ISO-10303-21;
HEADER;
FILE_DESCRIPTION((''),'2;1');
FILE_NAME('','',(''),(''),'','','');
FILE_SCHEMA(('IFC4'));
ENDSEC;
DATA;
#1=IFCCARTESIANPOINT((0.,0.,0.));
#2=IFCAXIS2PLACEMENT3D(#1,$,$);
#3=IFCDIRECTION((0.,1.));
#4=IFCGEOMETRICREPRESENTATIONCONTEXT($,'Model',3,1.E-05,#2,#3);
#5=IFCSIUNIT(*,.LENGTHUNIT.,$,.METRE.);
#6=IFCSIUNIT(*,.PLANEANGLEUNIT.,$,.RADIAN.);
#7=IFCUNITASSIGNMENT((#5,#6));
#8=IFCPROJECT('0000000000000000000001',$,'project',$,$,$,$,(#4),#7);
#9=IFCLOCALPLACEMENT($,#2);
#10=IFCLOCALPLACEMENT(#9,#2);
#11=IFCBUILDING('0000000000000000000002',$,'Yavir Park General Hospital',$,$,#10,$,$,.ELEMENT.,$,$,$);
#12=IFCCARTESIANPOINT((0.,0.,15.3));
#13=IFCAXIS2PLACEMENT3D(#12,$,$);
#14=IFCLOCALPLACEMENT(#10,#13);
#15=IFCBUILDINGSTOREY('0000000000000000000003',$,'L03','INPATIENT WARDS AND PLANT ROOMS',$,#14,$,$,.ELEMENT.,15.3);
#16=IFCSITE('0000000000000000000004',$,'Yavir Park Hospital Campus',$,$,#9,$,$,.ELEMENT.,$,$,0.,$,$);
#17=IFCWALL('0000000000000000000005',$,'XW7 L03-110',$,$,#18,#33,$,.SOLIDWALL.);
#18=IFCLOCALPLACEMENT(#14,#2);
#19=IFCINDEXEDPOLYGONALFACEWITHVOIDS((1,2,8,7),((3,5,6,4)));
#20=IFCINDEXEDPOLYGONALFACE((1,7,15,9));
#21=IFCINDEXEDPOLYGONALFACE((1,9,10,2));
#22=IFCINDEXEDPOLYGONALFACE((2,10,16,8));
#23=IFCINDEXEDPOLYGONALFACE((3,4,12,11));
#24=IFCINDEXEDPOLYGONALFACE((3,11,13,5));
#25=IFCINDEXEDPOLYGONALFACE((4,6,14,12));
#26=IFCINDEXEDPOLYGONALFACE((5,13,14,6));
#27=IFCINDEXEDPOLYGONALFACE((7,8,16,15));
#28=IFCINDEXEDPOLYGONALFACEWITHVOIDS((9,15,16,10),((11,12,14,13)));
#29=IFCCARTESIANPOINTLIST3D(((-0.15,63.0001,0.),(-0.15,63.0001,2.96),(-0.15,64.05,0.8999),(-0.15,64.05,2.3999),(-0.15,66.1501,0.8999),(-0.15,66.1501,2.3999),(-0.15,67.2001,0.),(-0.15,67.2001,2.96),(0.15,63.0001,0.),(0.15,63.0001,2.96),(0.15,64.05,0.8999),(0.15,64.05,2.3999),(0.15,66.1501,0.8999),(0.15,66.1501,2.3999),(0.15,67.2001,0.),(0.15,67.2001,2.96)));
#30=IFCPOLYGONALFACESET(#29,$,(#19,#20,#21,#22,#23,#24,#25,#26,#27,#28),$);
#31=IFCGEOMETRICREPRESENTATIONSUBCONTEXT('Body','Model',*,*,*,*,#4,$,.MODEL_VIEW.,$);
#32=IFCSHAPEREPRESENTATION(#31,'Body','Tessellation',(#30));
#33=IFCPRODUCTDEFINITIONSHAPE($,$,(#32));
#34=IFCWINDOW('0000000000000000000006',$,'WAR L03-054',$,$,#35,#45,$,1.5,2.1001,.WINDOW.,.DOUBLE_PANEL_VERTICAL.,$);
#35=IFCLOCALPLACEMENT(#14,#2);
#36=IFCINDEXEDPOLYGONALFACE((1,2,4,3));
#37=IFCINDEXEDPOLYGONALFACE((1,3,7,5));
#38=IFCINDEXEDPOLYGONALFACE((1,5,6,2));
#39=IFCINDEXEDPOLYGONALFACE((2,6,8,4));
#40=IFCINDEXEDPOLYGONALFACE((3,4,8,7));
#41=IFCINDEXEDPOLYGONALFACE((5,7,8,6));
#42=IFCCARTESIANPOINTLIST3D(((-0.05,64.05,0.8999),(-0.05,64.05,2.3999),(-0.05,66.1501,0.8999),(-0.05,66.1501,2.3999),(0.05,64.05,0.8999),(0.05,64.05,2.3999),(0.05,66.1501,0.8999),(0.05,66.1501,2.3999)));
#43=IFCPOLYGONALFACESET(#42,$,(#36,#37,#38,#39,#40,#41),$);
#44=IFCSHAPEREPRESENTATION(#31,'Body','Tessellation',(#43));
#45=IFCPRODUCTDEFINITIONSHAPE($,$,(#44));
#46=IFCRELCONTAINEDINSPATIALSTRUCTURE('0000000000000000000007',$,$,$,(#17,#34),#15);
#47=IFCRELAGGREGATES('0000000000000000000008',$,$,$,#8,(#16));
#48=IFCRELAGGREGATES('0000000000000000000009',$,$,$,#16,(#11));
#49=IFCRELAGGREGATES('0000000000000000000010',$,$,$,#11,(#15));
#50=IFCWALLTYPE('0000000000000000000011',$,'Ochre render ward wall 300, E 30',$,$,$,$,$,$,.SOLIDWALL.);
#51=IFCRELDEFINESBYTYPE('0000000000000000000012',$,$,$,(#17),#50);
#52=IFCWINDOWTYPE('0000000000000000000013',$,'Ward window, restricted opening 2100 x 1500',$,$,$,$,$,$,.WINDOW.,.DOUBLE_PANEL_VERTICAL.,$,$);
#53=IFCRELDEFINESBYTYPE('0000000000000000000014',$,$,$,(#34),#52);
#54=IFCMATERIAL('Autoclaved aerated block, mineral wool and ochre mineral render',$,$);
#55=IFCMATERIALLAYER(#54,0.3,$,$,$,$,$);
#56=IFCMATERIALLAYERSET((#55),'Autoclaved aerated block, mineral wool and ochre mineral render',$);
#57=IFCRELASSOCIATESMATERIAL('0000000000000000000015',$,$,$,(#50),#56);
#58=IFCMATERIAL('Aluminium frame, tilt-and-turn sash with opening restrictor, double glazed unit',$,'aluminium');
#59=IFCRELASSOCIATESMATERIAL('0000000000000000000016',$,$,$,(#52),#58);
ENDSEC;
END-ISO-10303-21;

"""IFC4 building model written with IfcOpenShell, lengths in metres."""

from ifc_helpers import new_model, si_unit, direction, frame, frame_2d, origin, place, context, subcontext, project, spatial, rectangle, extrude, material, layer, layer_set, type_object, element, fill, save


model = new_model("IFC4")

# Units and contexts
model_context = context("Model", 3, precision=1e-05, world=origin(), true_north=direction((0.0, 1.0)))
body_context = subcontext(model_context, "Body", "Model", "MODEL_VIEW")
ifc_project = project(units=[si_unit("LENGTHUNIT", "METRE"), si_unit("PLANEANGLEUNIT", "RADIAN")], contexts=[model_context])

# Site, building, storey
site_placement = place(None, origin())
site = spatial("IfcSite", under=ifc_project, at=site_placement, Name="Yavir Park Hospital Campus", CompositionType="ELEMENT", RefElevation=0.0)
building_placement = place(site_placement, origin())
building = spatial("IfcBuilding", under=site, at=building_placement, Name="Yavir Park General Hospital", CompositionType="ELEMENT")
storey_placement = place(building_placement, frame((0.0, 0.0, 15.3)))
storey = spatial("IfcBuildingStorey", under=building, at=storey_placement, Name="L03", Description="INPATIENT WARDS AND PLANT ROOMS", CompositionType="ELEMENT", Elevation=15.3)

# Wall, opening, window
ifc_material_1 = material(Name="Autoclaved aerated block, mineral wool and ochre mineral render")
ifc_layer_1 = layer(ifc_material_1, 0.3)
ifc_layer_set_1 = layer_set([ifc_layer_1], Name="Autoclaved aerated block, mineral wool and ochre mineral render")
wall_type_1 = type_object("IfcWallType", Name="Ochre render ward wall 300, E 30", PredefinedType="SOLIDWALL", material=ifc_layer_set_1)
ifc_material_2 = material(Name="Aluminium frame, tilt-and-turn sash with opening restrictor, double glazed unit", Category="aluminium")
window_type = type_object("IfcWindowType", Name="Ward window, restricted opening 2100 x 1500", PartitioningType="DOUBLE_PANEL_VERTICAL", PredefinedType="WINDOW", material=ifc_material_2)
wall_1_placement = place(storey_placement, frame((0.0, 63.0, 0.0), z_axis=(0.0, 0.0, 1.0), x_axis=(0.0, 1.0, 0.0)))
wall_1 = element("IfcWall", 1, at=wall_1_placement, inside=storey, type_object=wall_type_1, Name="XW7 L03-110", PredefinedType="SOLIDWALL", context=body_context, shape_type="SweptSolid", body=[
    extrude(rectangle(XDim=4.2, YDim=0.3, at=frame_2d((2.1001, 0.0))), origin(), (0.0, 0.0, 1.0), 2.96),
])
opening_1_placement = place(wall_1_placement, frame((1.05, 0.0, 0.8999)))
opening_1 = element("IfcOpeningElement", 2, at=opening_1_placement, cuts=wall_1, PredefinedType="OPENING", context=body_context, shape_type="SweptSolid", body=[
    extrude(rectangle(XDim=2.1001, YDim=1.5, at=frame_2d((1.05, 0.75))), frame((0.0, 0.1599, 0.0), z_axis=(0.0, -1.0, 0.0), x_axis=(1.0, 0.0, 0.0)), (0.0, 0.0, 1.0), 0.3201),
])
window_1_placement = place(opening_1_placement, origin())
window_1 = element("IfcWindow", 3, at=window_1_placement, inside=storey, type_object=window_type, Name="WAR L03-054", OverallHeight=1.5, OverallWidth=2.1001, PartitioningType="DOUBLE_PANEL_VERTICAL", PredefinedType="WINDOW", context=body_context, shape_type="SweptSolid", body=[
    extrude(rectangle(XDim=2.1001, YDim=1.5, at=frame_2d((1.05, 0.75))), frame((0.0, 0.05, 0.0), z_axis=(0.0, -1.0, 0.0), x_axis=(1.0, 0.0, 0.0)), (0.0, 0.0, 1.0), 0.1001),
])
fill(opening_1, window_1)

save(model, "model.ifc")
